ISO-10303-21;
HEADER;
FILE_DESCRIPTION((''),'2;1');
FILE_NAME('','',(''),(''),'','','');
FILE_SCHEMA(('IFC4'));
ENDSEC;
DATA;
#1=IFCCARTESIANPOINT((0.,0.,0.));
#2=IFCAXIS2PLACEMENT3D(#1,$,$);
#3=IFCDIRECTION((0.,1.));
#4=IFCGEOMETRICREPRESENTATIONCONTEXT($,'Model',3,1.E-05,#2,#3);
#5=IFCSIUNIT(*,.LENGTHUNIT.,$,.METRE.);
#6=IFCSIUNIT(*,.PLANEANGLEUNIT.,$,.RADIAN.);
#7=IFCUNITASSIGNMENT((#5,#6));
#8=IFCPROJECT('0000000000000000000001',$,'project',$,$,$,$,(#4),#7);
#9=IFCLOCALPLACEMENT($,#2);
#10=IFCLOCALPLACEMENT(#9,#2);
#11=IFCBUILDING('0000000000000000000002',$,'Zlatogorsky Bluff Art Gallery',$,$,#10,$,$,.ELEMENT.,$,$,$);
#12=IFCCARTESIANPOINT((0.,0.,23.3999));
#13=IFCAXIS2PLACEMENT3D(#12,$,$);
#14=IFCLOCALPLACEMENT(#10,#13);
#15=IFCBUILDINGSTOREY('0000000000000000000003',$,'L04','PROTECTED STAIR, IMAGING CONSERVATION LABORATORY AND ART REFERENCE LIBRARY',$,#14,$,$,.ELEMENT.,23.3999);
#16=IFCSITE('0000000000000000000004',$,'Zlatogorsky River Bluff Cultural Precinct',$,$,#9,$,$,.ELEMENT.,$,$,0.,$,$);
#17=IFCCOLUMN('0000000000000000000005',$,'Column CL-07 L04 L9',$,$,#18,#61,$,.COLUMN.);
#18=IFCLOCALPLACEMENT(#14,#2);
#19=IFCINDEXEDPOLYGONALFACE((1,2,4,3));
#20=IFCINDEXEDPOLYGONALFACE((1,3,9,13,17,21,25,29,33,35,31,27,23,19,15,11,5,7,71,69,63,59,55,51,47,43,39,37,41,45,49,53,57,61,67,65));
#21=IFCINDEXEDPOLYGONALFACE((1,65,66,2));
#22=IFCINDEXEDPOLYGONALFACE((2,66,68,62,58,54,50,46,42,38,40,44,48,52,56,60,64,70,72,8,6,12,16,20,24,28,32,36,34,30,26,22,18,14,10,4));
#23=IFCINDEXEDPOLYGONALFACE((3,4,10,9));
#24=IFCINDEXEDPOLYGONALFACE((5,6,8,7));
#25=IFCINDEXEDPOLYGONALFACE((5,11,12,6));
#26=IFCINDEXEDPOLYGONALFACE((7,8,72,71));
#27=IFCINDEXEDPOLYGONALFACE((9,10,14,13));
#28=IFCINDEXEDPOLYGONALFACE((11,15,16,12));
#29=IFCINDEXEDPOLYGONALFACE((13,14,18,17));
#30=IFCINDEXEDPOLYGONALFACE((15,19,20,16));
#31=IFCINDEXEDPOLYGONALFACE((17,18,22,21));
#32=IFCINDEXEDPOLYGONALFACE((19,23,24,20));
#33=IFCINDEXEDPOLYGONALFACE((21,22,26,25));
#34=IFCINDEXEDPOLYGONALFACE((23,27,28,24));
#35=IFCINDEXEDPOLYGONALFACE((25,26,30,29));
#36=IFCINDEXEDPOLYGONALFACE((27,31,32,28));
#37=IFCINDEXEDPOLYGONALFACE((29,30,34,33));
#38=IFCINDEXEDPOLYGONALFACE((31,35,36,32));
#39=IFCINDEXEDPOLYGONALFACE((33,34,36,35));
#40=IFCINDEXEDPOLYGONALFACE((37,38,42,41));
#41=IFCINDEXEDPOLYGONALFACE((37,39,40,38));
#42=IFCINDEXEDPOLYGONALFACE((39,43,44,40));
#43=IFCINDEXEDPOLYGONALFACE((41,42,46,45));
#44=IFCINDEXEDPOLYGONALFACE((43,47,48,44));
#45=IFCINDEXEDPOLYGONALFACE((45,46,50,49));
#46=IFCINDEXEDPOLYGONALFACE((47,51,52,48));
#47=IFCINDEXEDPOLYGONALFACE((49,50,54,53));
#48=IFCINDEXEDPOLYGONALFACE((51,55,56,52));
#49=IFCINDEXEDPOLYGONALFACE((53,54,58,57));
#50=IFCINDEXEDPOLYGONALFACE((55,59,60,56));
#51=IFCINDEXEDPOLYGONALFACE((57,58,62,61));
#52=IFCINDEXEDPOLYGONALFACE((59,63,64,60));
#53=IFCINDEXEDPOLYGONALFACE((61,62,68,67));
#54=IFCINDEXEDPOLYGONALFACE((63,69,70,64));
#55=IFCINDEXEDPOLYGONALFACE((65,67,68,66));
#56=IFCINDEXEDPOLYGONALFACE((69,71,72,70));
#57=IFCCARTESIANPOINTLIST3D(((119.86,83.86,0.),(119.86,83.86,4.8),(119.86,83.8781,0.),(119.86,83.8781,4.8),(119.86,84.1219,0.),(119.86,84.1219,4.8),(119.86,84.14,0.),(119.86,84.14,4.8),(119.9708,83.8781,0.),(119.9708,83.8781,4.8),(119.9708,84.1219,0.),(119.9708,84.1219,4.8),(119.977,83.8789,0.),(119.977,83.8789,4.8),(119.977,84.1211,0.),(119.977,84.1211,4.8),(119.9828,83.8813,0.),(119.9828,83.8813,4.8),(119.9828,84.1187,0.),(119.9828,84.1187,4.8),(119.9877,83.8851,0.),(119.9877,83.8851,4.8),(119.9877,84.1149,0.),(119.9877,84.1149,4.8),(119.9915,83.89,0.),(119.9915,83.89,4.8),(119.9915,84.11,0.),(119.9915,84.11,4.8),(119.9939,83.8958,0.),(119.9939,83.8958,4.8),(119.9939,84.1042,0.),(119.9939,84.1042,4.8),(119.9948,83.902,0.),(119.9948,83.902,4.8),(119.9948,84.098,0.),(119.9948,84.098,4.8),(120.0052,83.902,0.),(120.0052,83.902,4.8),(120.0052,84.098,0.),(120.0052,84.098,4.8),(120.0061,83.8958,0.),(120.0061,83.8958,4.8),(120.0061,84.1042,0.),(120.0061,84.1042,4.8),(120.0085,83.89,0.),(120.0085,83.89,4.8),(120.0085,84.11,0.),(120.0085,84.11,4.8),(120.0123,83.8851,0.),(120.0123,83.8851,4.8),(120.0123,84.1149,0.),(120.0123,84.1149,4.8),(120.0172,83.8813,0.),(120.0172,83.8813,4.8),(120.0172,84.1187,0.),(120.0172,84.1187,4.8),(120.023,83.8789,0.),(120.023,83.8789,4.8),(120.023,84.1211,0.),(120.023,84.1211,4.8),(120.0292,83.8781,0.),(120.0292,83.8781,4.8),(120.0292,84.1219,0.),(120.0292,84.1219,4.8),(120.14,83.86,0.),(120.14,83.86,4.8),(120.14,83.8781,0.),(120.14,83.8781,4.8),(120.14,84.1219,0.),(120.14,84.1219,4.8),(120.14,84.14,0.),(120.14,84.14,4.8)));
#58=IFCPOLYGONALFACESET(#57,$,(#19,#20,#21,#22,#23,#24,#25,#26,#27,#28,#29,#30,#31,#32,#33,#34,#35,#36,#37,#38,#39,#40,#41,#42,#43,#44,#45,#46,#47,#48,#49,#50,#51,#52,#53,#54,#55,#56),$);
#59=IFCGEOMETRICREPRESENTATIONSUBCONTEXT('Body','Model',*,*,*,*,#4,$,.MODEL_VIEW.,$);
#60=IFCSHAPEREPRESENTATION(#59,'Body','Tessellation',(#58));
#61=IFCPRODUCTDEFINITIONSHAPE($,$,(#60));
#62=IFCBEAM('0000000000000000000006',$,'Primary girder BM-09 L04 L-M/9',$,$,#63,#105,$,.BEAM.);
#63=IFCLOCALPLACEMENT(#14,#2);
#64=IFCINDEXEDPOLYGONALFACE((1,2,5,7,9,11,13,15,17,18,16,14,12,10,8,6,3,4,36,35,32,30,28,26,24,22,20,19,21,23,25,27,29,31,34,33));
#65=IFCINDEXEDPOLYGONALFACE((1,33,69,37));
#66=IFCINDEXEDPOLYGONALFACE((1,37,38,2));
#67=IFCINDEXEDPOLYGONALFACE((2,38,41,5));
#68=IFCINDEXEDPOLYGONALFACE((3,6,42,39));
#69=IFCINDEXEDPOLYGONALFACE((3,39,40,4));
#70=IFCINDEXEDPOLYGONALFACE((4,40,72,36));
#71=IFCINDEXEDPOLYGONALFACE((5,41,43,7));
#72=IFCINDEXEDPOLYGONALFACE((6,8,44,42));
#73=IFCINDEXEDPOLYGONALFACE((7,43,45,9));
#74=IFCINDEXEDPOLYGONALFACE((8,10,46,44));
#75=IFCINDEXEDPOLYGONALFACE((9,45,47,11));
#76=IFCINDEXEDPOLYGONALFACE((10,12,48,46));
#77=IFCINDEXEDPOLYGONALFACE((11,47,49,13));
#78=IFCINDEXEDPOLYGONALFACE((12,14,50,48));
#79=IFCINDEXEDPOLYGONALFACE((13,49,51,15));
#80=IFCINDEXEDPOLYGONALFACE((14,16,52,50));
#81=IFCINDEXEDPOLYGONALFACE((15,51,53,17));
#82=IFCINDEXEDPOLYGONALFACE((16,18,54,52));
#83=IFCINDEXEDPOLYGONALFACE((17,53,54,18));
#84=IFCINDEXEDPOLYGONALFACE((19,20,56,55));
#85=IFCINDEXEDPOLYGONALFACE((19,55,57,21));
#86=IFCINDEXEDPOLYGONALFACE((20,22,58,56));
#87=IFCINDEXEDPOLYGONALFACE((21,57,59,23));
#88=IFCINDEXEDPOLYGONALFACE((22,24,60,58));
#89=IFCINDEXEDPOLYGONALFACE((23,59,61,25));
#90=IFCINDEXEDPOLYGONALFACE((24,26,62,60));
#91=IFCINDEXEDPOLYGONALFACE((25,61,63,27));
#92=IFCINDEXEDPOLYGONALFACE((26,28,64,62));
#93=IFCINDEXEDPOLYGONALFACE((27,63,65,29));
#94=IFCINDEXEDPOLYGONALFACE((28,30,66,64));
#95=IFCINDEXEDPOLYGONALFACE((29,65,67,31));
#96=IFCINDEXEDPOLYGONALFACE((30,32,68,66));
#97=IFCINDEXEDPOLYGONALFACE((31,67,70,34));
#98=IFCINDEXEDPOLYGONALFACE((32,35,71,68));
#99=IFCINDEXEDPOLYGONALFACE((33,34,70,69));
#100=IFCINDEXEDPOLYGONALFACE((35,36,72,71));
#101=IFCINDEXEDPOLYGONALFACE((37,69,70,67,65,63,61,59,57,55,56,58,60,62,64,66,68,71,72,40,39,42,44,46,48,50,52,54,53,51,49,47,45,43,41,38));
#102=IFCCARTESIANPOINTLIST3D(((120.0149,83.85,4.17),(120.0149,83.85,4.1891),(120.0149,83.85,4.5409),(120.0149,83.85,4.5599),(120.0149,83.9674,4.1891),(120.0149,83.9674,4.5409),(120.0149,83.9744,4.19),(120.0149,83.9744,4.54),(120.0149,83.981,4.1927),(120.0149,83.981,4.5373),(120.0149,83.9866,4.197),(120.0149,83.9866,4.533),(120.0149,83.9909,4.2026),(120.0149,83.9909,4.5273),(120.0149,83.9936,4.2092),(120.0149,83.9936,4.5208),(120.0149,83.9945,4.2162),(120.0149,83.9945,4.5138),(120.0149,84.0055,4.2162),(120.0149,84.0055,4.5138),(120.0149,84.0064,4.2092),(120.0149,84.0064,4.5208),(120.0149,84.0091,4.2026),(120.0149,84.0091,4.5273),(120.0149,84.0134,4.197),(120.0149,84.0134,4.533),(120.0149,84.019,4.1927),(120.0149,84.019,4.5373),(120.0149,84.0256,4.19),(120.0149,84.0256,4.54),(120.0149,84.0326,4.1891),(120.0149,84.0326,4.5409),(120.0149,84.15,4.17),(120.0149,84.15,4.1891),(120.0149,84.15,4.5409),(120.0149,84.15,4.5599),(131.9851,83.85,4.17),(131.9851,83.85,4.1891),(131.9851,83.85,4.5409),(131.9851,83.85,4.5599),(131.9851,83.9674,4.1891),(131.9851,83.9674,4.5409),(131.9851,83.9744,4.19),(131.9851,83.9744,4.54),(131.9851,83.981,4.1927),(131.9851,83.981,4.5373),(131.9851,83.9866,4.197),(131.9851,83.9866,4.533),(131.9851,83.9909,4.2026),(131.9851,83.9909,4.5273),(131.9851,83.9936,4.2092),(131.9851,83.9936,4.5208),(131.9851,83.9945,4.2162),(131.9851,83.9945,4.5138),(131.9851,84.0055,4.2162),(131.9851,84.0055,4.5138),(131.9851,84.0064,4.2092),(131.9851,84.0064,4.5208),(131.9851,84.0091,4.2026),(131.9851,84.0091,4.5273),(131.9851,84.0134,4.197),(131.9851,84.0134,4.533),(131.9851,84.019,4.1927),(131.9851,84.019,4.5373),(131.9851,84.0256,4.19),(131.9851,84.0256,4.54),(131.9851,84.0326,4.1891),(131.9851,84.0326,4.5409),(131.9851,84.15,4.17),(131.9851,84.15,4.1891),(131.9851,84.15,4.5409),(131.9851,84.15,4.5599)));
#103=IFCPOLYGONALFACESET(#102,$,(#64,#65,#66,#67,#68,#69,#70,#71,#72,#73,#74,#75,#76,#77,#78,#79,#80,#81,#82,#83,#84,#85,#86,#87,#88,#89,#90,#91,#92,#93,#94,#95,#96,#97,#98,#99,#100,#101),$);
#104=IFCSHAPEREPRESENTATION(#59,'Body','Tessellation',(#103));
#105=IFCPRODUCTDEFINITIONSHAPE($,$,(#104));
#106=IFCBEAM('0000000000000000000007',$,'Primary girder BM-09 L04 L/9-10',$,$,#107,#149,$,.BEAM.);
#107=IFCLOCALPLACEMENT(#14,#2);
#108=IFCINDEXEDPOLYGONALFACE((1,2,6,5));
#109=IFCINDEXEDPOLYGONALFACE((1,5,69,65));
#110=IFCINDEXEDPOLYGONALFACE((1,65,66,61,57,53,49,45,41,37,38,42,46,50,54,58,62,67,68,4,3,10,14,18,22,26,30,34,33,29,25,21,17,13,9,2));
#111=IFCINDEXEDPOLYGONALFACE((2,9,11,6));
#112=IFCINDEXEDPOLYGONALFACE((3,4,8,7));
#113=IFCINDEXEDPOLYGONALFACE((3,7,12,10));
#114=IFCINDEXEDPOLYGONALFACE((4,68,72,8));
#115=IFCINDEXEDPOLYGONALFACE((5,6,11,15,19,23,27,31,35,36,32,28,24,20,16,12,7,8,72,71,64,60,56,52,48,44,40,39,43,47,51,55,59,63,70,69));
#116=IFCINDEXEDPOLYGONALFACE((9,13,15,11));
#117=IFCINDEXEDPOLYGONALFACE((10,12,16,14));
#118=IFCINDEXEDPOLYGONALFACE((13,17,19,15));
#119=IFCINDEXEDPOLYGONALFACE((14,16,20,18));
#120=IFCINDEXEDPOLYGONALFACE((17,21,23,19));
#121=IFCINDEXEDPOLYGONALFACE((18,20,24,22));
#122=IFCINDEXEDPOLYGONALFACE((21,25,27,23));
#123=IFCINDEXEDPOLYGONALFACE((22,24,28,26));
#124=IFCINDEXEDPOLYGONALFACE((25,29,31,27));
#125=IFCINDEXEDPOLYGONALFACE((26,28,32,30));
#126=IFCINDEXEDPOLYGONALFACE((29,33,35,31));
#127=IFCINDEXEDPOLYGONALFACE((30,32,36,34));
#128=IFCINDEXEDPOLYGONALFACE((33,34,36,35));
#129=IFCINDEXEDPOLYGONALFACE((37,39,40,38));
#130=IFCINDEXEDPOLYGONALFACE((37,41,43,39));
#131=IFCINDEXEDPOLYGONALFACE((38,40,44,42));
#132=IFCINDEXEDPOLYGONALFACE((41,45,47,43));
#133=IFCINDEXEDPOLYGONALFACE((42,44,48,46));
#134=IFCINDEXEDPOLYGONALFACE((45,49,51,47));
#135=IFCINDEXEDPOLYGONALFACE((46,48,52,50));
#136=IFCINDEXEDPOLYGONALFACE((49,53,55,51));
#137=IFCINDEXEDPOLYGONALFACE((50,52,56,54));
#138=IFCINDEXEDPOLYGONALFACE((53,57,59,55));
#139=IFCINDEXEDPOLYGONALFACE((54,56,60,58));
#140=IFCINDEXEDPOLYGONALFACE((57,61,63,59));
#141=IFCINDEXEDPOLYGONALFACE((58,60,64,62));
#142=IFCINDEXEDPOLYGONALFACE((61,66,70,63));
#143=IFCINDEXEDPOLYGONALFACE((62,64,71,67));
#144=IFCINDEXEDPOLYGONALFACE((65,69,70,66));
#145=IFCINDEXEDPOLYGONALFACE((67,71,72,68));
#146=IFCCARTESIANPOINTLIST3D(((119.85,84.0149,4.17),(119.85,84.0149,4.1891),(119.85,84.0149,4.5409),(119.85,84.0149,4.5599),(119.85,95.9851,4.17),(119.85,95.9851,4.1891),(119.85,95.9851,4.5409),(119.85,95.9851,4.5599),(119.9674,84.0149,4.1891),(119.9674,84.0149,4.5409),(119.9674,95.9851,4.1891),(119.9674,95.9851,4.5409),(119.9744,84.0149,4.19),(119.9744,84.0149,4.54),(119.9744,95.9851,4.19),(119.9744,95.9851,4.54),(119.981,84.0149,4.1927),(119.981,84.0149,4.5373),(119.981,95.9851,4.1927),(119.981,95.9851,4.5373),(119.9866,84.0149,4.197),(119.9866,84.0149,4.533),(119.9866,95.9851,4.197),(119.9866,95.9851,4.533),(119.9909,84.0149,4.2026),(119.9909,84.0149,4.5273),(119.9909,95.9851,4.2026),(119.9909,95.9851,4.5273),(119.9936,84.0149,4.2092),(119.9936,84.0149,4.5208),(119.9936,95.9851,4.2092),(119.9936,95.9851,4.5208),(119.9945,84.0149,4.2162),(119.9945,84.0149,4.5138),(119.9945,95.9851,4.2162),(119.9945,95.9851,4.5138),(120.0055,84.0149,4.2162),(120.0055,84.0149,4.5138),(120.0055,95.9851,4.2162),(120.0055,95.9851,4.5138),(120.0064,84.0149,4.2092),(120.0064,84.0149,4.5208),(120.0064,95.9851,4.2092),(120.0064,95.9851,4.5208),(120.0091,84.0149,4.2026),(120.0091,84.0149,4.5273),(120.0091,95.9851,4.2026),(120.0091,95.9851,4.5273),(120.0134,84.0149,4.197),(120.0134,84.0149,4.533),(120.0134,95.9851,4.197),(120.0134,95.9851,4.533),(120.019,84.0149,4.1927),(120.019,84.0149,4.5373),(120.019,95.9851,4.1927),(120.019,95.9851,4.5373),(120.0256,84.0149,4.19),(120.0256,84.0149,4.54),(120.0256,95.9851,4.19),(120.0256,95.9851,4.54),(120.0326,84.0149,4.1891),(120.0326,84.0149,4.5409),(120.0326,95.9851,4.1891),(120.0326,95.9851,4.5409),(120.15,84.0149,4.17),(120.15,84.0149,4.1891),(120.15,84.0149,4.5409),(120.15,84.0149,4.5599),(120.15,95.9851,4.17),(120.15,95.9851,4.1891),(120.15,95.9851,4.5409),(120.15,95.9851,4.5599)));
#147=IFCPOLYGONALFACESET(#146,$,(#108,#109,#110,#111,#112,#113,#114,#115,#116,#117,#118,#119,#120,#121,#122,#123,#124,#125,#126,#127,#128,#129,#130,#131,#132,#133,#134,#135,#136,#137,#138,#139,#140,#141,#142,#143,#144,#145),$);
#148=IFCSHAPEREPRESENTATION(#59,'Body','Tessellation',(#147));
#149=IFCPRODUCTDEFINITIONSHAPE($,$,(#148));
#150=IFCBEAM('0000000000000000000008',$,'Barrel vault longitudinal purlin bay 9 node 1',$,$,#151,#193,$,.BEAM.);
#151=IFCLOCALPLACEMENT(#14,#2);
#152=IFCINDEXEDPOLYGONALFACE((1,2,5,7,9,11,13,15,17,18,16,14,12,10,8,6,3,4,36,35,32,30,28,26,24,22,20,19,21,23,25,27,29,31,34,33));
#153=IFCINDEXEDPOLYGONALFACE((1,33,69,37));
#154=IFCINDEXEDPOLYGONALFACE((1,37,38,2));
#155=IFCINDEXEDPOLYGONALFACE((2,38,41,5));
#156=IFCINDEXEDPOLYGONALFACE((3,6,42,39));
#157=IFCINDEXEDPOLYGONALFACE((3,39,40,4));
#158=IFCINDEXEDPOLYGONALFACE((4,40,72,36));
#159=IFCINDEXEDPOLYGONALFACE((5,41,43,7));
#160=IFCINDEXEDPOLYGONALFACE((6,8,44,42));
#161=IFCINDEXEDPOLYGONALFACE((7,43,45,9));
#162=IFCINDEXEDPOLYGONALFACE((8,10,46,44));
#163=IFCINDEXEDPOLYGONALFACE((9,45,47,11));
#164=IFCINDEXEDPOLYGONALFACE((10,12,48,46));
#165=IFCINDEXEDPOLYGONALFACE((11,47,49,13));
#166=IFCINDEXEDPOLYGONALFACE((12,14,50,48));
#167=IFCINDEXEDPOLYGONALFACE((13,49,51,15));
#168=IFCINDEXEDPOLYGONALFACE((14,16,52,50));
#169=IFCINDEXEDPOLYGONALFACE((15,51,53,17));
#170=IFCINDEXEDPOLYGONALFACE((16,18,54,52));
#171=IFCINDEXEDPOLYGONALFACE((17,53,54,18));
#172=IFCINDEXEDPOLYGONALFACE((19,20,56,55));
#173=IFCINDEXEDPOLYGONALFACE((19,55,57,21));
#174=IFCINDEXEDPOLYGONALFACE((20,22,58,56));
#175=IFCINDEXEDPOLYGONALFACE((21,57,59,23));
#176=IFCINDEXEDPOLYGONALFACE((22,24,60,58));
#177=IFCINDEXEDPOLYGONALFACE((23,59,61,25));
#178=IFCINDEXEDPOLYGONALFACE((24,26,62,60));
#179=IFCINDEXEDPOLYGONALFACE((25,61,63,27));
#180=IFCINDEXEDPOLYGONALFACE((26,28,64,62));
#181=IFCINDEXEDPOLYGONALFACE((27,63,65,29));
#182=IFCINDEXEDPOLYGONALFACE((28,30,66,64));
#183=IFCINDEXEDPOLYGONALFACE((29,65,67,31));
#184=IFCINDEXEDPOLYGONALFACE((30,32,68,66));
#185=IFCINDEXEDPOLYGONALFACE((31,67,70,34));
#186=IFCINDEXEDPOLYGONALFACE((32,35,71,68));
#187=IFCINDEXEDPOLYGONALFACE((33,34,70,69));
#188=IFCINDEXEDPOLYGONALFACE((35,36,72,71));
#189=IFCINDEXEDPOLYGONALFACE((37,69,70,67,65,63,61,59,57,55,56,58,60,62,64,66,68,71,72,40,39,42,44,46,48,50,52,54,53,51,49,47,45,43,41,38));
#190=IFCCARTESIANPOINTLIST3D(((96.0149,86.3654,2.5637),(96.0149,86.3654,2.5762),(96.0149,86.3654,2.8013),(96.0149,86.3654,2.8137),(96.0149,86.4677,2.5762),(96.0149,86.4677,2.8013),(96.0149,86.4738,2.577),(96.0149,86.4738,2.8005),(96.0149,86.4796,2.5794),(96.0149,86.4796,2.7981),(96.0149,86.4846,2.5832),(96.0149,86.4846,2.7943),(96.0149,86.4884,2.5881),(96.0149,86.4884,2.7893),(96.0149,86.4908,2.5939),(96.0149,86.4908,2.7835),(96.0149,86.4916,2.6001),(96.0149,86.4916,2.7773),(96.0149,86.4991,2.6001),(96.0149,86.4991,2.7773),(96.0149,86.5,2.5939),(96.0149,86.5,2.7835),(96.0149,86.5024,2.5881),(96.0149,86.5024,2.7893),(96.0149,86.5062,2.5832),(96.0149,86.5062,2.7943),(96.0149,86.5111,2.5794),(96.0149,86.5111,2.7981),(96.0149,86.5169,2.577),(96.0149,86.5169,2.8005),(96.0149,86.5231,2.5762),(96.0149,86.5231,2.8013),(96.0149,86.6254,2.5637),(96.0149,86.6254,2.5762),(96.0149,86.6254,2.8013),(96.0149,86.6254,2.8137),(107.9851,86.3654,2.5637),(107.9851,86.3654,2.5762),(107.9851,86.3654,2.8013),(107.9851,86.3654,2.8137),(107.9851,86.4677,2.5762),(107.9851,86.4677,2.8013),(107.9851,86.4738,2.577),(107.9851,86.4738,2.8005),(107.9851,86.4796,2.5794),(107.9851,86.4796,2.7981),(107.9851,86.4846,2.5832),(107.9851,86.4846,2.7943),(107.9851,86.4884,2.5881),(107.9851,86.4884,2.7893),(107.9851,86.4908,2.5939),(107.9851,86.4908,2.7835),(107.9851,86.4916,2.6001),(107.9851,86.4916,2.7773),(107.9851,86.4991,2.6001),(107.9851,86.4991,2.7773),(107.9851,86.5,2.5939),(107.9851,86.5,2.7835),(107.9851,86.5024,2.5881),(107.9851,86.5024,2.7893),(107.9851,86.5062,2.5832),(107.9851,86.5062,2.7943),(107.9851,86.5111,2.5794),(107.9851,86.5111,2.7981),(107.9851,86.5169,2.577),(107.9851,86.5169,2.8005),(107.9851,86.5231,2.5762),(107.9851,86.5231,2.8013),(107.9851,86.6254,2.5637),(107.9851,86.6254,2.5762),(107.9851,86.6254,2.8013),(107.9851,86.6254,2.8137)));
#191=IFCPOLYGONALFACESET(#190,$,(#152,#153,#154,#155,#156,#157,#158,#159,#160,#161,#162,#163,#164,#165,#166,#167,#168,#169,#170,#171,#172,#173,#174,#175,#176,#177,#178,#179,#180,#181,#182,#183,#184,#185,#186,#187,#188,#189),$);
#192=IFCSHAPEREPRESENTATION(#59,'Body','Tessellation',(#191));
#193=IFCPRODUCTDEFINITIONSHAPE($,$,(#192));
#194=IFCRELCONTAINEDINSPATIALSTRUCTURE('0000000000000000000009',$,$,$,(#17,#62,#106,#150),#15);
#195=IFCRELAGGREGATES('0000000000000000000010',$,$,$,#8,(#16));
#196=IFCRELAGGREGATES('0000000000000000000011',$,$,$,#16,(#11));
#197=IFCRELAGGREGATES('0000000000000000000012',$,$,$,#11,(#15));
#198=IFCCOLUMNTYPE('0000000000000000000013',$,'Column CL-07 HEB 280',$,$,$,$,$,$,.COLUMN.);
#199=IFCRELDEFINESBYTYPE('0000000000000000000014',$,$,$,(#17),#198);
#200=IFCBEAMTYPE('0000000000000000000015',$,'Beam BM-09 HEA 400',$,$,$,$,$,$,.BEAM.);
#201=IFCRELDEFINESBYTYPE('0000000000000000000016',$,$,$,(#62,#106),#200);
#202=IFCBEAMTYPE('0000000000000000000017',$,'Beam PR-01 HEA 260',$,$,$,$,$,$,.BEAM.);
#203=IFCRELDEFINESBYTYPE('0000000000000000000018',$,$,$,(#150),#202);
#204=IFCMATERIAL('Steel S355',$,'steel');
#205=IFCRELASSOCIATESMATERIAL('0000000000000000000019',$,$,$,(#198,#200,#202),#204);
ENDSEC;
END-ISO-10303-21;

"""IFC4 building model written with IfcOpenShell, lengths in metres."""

from ifc_helpers import new_model, si_unit, direction, frame, origin, origin_2d, place, context, subcontext, project, spatial, i_section, extrude, material, material_profile, profile_set, type_object, element, save


model = new_model("IFC4")

# Units and contexts
model_context = context("Model", 3, precision=1e-05, world=origin(), true_north=direction((0.0, 1.0)))
body_context = subcontext(model_context, "Body", "Model", "MODEL_VIEW")
ifc_project = project(units=[si_unit("LENGTHUNIT", "METRE"), si_unit("PLANEANGLEUNIT", "RADIAN")], contexts=[model_context])

# Site, building, storey
site_placement = place(None, origin())
site = spatial("IfcSite", under=ifc_project, at=site_placement, Name="Zlatogorsky River Bluff Cultural Precinct", CompositionType="ELEMENT", RefElevation=0.0)
building_placement = place(site_placement, origin())
building = spatial("IfcBuilding", under=site, at=building_placement, Name="Zlatogorsky Bluff Art Gallery", CompositionType="ELEMENT")
storey_placement = place(building_placement, frame((0.0, 0.0, 23.3999)))
storey = spatial("IfcBuildingStorey", under=building, at=storey_placement, Name="L04", Description="PROTECTED STAIR, IMAGING CONSERVATION LABORATORY AND ART REFERENCE LIBRARY", CompositionType="ELEMENT", Elevation=23.3999)

# Column
ifc_material_1 = material(Name="Steel S355", Category="steel")
ifc_material_profile_1 = material_profile(ifc_material_1, i_section(OverallWidth=0.28, OverallDepth=0.28, WebThickness=0.0105, FlangeThickness=0.0181, FilletRadius=0.0239, at=origin_2d()), Name="HEB 280")
ifc_profile_set_1 = profile_set([ifc_material_profile_1], Name="Steel S355")
column_type = type_object("IfcColumnType", Name="Column CL-07 HEB 280", PredefinedType="COLUMN", material=ifc_profile_set_1)
column_placement = place(storey_placement, frame((120.0, 84.0, 0.0), z_axis=(0.0, 0.0, 1.0), x_axis=(1.0, 0.0, 0.0)))
element("IfcColumn", 1, at=column_placement, inside=storey, type_object=column_type, Name="Column CL-07 L04 L9", PredefinedType="COLUMN", context=body_context, shape_type="SweptSolid", body=[
    extrude(i_section(OverallWidth=0.28, OverallDepth=0.28, WebThickness=0.0105, FlangeThickness=0.0181, FilletRadius=0.0239, at=origin_2d()), origin(), (0.0, 0.0, 1.0), 4.8),
])

# Beams
ifc_material_profile_2 = material_profile(ifc_material_1, i_section(OverallWidth=0.3, OverallDepth=0.3899, WebThickness=0.011, FlangeThickness=0.019, FilletRadius=0.0271, at=origin_2d()), Name="HEA 400")
ifc_profile_set_2 = profile_set([ifc_material_profile_2], Name="Steel S355")
beam_type_1 = type_object("IfcBeamType", Name="Beam BM-09 HEA 400", PredefinedType="BEAM", material=ifc_profile_set_2)
for number, where, z_axis, x_axis, name in (
    (2, (120.0149, 84.0, 4.365), (1.0, 0.0, 0.0), (0.0, 1.0, 0.0), "Primary girder BM-09 L04 L-M/9"),
    (3, (120.0, 84.0149, 4.365), (0.0, 1.0, 0.0), (-1.0, 0.0, 0.0), "Primary girder BM-09 L04 L/9-10"),
):
    element("IfcBeam", number, at=place(storey_placement, frame(where, z_axis=z_axis, x_axis=x_axis)), inside=storey, type_object=beam_type_1, Name=name, PredefinedType="BEAM", context=body_context, shape_type="SweptSolid", body=[
        extrude(i_section(OverallWidth=0.3, OverallDepth=0.3899, WebThickness=0.011, FlangeThickness=0.019, FilletRadius=0.0271, at=origin_2d()), origin(), (0.0, 0.0, 1.0), 11.9702),
    ])
ifc_material_profile_3 = material_profile(ifc_material_1, i_section(OverallWidth=0.26, OverallDepth=0.25, WebThickness=0.0076, FlangeThickness=0.0125, FilletRadius=0.0239, at=origin_2d()), Name="HEA 260")
ifc_profile_set_3 = profile_set([ifc_material_profile_3], Name="Steel S355")
beam_type_2 = type_object("IfcBeamType", Name="Beam PR-01 HEA 260", PredefinedType="BEAM", material=ifc_profile_set_3)
for number, where, z_axis, x_axis, name in (
    (4, (96.0149, 86.4954, 2.6887), (1.0, 0.0, 0.0), (0.0, 1.0, 0.0), "Barrel vault longitudinal purlin bay 9 node 1"),
):
    element("IfcBeam", number, at=place(storey_placement, frame(where, z_axis=z_axis, x_axis=x_axis)), inside=storey, type_object=beam_type_2, Name=name, PredefinedType="BEAM", context=body_context, shape_type="SweptSolid", body=[
        extrude(i_section(OverallWidth=0.26, OverallDepth=0.25, WebThickness=0.0076, FlangeThickness=0.0125, FilletRadius=0.0239, at=origin_2d()), origin(), (0.0, 0.0, 1.0), 11.9702),
    ])

save(model, "model.ifc")
